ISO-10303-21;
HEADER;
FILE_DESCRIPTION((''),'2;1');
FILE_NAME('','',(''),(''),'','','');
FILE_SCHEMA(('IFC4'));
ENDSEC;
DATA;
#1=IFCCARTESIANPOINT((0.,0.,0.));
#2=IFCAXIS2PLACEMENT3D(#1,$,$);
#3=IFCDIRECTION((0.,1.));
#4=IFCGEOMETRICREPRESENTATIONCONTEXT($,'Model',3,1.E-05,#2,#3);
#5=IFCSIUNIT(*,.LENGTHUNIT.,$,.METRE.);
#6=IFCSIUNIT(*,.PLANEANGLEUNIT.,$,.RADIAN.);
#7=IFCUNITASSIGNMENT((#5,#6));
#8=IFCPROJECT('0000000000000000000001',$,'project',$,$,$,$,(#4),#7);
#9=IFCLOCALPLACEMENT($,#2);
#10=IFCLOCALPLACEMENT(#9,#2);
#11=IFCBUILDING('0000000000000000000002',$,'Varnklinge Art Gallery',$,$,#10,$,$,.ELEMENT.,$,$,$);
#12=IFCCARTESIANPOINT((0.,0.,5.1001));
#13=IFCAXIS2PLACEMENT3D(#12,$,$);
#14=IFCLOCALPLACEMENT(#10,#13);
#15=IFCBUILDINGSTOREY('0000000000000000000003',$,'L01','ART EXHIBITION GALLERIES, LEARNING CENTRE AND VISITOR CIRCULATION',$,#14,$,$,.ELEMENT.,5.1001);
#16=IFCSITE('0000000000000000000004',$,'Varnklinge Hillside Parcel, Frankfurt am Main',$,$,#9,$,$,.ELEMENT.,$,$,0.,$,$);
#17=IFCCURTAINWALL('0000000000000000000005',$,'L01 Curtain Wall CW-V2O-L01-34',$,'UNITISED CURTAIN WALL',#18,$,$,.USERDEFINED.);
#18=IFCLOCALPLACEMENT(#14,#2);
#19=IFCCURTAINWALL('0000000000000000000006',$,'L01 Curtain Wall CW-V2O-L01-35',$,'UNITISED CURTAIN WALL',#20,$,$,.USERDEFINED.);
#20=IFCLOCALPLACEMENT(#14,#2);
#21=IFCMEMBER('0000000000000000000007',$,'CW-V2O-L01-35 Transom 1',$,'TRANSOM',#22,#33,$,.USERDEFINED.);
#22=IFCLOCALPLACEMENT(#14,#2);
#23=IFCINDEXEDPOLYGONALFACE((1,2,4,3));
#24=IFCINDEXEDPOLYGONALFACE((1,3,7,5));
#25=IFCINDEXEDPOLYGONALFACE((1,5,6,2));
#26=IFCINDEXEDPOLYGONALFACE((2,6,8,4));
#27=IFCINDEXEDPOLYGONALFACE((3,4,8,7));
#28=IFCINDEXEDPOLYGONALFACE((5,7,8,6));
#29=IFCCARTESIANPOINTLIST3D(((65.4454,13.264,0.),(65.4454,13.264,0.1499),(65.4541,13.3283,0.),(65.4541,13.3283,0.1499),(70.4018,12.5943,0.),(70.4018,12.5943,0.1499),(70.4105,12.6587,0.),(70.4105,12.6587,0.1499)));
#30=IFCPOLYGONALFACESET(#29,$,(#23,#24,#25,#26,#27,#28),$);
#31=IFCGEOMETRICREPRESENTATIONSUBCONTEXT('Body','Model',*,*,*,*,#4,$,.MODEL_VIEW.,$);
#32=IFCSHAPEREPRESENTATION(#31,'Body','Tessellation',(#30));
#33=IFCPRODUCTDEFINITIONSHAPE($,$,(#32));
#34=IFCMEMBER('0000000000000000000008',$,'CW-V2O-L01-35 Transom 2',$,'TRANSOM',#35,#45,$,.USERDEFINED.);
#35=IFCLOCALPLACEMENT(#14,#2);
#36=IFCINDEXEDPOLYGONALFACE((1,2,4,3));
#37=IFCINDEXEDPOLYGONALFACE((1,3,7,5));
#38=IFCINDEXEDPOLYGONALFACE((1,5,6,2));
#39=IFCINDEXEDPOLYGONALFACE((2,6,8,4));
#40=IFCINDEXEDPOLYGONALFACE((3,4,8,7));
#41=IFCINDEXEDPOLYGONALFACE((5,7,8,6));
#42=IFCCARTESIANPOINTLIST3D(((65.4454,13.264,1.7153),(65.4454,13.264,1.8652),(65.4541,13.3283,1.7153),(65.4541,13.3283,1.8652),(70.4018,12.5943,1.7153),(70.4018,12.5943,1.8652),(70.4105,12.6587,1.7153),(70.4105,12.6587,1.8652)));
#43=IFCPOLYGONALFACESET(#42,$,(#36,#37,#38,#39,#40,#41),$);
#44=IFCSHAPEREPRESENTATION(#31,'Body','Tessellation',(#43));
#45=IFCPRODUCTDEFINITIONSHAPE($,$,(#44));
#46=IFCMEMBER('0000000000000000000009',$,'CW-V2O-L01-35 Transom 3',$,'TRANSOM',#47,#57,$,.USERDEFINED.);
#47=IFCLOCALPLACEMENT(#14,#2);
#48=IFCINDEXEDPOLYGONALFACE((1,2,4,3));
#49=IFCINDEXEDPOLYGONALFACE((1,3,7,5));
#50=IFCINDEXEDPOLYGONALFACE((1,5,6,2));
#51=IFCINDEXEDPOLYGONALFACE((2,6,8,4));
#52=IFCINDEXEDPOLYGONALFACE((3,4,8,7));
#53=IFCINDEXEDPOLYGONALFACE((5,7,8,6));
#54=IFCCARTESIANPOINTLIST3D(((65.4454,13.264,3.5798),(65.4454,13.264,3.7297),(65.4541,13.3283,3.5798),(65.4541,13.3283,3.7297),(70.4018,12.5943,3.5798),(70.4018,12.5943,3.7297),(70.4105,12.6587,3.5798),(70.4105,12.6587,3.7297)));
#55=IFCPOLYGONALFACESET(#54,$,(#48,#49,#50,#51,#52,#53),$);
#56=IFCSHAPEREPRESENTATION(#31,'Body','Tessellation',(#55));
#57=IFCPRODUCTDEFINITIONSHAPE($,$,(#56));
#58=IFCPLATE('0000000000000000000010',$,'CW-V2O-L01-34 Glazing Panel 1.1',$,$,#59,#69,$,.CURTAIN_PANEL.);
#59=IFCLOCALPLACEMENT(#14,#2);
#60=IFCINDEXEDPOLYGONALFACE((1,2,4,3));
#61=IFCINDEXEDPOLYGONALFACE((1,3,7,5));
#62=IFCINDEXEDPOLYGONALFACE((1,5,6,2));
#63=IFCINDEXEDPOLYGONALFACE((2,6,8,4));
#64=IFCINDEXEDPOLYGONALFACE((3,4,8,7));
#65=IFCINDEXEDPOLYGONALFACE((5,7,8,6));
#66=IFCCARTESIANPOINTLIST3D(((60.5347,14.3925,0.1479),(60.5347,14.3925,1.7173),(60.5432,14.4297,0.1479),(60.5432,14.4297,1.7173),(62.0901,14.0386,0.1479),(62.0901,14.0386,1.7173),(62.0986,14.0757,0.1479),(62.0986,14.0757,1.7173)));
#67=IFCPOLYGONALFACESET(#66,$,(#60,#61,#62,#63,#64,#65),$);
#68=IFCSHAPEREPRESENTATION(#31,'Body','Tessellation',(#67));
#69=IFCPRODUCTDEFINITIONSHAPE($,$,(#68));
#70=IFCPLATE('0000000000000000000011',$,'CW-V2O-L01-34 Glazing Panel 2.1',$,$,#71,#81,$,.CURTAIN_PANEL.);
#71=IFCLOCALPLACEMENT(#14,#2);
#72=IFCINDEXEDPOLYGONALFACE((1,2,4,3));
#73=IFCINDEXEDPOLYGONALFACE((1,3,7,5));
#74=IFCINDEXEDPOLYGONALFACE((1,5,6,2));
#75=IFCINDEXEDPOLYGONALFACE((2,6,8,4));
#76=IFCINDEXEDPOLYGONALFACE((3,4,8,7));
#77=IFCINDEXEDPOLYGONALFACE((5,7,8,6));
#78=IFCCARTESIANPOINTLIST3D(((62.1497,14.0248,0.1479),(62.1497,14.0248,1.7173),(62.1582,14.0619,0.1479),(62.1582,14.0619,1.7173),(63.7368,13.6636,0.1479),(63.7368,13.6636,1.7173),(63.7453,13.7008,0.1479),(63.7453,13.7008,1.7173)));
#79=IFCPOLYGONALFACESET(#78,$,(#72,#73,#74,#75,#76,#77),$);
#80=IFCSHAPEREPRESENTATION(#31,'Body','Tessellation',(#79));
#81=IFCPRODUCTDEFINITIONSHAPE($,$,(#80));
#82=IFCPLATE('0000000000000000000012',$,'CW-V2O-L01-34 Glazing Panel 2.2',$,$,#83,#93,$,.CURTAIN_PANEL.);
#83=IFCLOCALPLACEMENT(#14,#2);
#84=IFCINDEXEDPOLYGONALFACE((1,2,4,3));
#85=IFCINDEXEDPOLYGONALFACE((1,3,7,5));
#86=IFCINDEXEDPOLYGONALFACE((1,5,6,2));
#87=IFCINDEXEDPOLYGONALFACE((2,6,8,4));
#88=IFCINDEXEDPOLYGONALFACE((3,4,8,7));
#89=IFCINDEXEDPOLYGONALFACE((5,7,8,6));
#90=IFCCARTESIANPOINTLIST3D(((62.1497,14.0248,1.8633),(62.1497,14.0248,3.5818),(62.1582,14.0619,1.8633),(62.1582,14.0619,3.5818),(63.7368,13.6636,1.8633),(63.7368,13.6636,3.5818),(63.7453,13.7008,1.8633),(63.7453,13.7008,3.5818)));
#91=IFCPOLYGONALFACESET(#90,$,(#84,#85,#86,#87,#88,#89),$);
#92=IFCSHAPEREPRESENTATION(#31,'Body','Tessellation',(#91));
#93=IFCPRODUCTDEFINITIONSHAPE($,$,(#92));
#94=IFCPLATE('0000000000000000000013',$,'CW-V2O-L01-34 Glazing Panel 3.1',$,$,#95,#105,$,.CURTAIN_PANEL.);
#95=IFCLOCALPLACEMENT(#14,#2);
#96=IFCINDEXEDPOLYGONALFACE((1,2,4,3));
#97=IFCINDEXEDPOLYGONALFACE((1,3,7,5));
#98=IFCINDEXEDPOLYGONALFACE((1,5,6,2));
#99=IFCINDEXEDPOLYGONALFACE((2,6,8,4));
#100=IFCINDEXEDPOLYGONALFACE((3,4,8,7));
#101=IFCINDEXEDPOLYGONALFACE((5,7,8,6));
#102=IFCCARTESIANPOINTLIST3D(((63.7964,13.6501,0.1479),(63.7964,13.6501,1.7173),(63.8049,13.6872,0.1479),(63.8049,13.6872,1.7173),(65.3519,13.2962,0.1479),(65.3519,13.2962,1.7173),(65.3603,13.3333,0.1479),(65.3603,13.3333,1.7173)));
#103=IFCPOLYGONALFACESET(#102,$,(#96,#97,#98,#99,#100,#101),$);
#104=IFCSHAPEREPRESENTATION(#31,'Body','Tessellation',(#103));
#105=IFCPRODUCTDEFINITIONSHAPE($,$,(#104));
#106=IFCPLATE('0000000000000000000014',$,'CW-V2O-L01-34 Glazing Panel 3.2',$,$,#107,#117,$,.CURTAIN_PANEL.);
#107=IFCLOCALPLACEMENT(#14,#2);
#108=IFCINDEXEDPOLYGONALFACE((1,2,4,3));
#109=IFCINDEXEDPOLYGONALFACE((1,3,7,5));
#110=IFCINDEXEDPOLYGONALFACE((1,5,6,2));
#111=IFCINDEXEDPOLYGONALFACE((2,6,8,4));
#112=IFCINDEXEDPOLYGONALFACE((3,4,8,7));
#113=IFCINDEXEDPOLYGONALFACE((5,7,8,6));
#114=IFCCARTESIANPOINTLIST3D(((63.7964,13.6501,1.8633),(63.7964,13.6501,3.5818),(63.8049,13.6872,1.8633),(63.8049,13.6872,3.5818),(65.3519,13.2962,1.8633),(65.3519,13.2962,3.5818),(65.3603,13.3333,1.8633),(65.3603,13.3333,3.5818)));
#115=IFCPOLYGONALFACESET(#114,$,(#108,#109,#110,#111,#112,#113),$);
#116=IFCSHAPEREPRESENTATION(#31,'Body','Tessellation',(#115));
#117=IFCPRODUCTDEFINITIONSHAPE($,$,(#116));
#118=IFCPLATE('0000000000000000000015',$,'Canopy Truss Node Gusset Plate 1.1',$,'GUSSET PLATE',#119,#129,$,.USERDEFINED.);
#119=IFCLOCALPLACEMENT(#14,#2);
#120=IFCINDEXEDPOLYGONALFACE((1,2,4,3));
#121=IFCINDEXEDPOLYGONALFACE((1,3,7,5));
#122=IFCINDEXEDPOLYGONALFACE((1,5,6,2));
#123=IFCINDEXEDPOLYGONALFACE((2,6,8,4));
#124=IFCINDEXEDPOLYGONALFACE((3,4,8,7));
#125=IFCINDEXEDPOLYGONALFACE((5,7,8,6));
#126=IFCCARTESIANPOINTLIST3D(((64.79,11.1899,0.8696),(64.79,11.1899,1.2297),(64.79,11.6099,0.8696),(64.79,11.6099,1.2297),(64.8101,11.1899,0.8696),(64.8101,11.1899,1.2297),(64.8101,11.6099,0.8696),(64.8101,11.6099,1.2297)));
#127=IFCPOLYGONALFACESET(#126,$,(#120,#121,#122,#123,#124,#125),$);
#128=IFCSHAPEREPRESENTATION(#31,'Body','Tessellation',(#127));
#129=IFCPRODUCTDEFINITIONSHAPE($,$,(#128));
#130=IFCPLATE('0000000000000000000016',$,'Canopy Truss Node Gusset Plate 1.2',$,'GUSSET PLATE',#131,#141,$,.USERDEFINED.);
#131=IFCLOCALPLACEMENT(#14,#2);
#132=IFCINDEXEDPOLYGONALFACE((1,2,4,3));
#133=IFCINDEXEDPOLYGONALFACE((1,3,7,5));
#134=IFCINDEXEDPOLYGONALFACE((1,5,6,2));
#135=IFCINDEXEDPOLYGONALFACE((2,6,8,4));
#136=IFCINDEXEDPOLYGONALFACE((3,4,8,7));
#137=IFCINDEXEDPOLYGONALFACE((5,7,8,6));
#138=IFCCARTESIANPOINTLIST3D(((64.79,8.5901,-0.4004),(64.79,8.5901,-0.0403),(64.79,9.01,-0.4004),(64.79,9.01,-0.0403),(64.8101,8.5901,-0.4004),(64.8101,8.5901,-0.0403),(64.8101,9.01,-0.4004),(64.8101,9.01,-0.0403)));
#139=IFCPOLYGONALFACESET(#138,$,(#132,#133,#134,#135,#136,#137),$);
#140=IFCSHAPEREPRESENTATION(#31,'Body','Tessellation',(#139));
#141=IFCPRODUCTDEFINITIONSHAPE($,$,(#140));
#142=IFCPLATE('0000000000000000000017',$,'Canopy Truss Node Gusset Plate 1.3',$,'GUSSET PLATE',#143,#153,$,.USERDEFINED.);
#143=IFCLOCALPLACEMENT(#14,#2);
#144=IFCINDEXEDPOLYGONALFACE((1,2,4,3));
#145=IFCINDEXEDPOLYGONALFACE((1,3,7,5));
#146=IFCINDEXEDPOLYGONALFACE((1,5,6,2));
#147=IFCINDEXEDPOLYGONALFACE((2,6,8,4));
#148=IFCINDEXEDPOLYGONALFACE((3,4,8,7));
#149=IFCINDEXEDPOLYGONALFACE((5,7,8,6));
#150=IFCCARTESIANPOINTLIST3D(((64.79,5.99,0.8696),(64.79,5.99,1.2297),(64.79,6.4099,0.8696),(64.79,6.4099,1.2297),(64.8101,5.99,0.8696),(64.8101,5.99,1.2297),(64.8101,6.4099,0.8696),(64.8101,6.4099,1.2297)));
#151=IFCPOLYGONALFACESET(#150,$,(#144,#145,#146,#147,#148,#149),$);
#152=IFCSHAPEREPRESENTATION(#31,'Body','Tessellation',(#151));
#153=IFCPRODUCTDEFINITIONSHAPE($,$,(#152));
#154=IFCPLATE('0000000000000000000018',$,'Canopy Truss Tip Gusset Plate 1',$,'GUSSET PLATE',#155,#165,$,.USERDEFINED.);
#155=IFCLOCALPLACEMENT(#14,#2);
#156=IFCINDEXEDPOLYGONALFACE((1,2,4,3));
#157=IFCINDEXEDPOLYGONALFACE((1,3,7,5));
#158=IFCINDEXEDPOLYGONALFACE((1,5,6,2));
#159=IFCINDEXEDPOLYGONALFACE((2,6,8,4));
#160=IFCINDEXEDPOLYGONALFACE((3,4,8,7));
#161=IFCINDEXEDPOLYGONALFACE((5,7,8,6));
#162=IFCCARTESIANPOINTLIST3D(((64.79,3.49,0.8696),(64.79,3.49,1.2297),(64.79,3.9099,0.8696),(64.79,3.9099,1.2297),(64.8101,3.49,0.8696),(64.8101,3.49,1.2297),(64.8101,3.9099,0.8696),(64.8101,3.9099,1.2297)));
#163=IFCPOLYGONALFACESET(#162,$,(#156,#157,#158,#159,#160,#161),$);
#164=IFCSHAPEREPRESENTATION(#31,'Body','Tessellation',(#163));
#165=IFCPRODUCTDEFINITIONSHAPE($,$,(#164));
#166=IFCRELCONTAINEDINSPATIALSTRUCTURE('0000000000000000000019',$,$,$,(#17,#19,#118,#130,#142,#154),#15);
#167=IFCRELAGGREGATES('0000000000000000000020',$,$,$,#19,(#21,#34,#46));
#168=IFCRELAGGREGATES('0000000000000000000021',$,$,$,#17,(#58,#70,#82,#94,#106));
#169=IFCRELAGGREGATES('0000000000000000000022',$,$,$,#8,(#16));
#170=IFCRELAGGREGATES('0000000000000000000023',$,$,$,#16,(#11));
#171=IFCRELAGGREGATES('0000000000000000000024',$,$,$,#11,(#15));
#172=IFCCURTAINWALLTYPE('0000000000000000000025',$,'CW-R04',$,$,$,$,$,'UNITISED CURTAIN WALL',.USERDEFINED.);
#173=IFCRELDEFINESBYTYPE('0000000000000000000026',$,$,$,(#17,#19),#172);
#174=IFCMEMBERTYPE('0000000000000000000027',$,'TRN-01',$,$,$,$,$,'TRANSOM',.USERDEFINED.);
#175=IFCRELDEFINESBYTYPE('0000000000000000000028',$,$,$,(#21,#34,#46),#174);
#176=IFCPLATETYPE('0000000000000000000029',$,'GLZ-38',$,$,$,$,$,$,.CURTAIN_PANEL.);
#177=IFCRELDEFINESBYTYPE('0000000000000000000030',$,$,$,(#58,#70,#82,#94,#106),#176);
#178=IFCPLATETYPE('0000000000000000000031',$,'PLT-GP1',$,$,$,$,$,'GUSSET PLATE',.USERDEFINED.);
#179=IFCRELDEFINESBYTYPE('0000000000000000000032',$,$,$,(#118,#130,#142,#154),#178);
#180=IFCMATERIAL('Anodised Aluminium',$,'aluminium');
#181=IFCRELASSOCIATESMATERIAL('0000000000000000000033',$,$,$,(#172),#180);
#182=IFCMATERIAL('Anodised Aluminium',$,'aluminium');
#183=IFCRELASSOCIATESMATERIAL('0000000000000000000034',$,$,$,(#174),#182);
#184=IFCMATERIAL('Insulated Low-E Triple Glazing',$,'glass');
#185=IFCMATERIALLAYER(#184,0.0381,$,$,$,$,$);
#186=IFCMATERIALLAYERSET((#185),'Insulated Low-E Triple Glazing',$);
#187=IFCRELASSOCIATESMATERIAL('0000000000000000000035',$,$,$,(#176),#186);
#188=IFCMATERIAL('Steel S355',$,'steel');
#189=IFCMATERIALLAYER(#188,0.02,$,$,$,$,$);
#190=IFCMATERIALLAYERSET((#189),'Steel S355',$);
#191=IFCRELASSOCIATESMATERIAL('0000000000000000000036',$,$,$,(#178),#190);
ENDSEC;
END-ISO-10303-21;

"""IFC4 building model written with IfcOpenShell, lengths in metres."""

from ifc_helpers import new_model, si_unit, direction, frame, origin, origin_2d, place, context, subcontext, project, spatial, rectangle, extrude, material, layer, layer_set, material_profile, profile_set, type_object, element, aggregate, save


model = new_model("IFC4")

# Units and contexts
model_context = context("Model", 3, precision=1e-05, world=origin(), true_north=direction((0.0, 1.0)))
body_context = subcontext(model_context, "Body", "Model", "MODEL_VIEW")
ifc_project = project(units=[si_unit("LENGTHUNIT", "METRE"), si_unit("PLANEANGLEUNIT", "RADIAN")], contexts=[model_context])

# Site, building, storey
site_placement = place(None, origin())
site = spatial("IfcSite", under=ifc_project, at=site_placement, Name="Varnklinge Hillside Parcel, Frankfurt am Main", CompositionType="ELEMENT", RefElevation=0.0)
building_placement = place(site_placement, origin())
building = spatial("IfcBuilding", under=site, at=building_placement, Name="Varnklinge Art Gallery", CompositionType="ELEMENT")
storey_placement = place(building_placement, frame((0.0, 0.0, 5.1001)))
storey = spatial("IfcBuildingStorey", under=building, at=storey_placement, Name="L01", Description="ART EXHIBITION GALLERIES, LEARNING CENTRE AND VISITOR CIRCULATION", CompositionType="ELEMENT", Elevation=5.1001)

# Curtain wall
ifc_material_1 = material(Name="Anodised Aluminium", Category="aluminium")
curtain_wall_type = type_object("IfcCurtainWallType", Name="CW-R04", ElementType="UNITISED CURTAIN WALL", PredefinedType="USERDEFINED", material=ifc_material_1)
curtain_wall_1_placement = place(storey_placement, origin())
curtain_wall_1 = element("IfcCurtainWall", 1, at=curtain_wall_1_placement, inside=storey, type_object=curtain_wall_type, Name="L01 Curtain Wall CW-V2O-L01-34", ObjectType="UNITISED CURTAIN WALL", PredefinedType="USERDEFINED")

# Curtain wall
curtain_wall_2_placement = place(storey_placement, origin())
curtain_wall_2 = element("IfcCurtainWall", 2, at=curtain_wall_2_placement, inside=storey, type_object=curtain_wall_type, Name="L01 Curtain Wall CW-V2O-L01-35", ObjectType="UNITISED CURTAIN WALL", PredefinedType="USERDEFINED")

# Members
ifc_material_2 = material(Name="Anodised Aluminium", Category="aluminium")
ifc_material_profile_1 = material_profile(ifc_material_2, rectangle(XDim=0.0649, YDim=0.1499, at=origin_2d()), Name="ALU 65x150")
ifc_profile_set_1 = profile_set([ifc_material_profile_1], Name="Anodised Aluminium")
member_type_1 = type_object("IfcMemberType", Name="TRN-01", ElementType="TRANSOM", PredefinedType="USERDEFINED", material=ifc_profile_set_1)
member_1_placement = place(storey_placement, frame((65.4497, 13.2961, 0.075), z_axis=(0.990996, -0.133893, 0.0), x_axis=(0.133893, 0.990996, 0.0)))
member_1 = element("IfcMember", 3, at=member_1_placement, type_object=member_type_1, Name="CW-V2O-L01-35 Transom 1", ObjectType="TRANSOM", PredefinedType="USERDEFINED", context=body_context, shape_type="SweptSolid", body=[
    extrude(rectangle(XDim=0.0649, YDim=0.1499, at=origin_2d()), origin(), (0.0, 0.0, 1.0), 5.0015),
])
member_2_placement = place(storey_placement, frame((65.4497, 13.2961, 1.7903), z_axis=(0.990996, -0.133893, 0.0), x_axis=(0.133893, 0.990996, 0.0)))
member_2 = element("IfcMember", 4, at=member_2_placement, type_object=member_type_1, Name="CW-V2O-L01-35 Transom 2", ObjectType="TRANSOM", PredefinedType="USERDEFINED", context=body_context, shape_type="SweptSolid", body=[
    extrude(rectangle(XDim=0.0649, YDim=0.1499, at=origin_2d()), origin(), (0.0, 0.0, 1.0), 5.0015),
])
member_3_placement = place(storey_placement, frame((65.4497, 13.2961, 3.6548), z_axis=(0.990996, -0.133893, 0.0), x_axis=(0.133893, 0.990996, 0.0)))
member_3 = element("IfcMember", 5, at=member_3_placement, type_object=member_type_1, Name="CW-V2O-L01-35 Transom 3", ObjectType="TRANSOM", PredefinedType="USERDEFINED", context=body_context, shape_type="SweptSolid", body=[
    extrude(rectangle(XDim=0.0649, YDim=0.1499, at=origin_2d()), origin(), (0.0, 0.0, 1.0), 5.0015),
])
aggregate(curtain_wall_2, [member_1, member_2, member_3])

# Plates
ifc_material_3 = material(Name="Insulated Low-E Triple Glazing", Category="glass")
ifc_layer_1 = layer(ifc_material_3, 0.0381)
ifc_layer_set_1 = layer_set([ifc_layer_1], Name="Insulated Low-E Triple Glazing")
plate_type_1 = type_object("IfcPlateType", Name="GLZ-38", PredefinedType="CURTAIN_PANEL", material=ifc_layer_set_1)
plate_1_placement = place(storey_placement, frame((61.3167, 14.2341, 0.1479), z_axis=(0.0, 0.0, 1.0), x_axis=(0.975072, -0.221889, 0.0)))
plate_1 = element("IfcPlate", 6, at=plate_1_placement, type_object=plate_type_1, Name="CW-V2O-L01-34 Glazing Panel 1.1", PredefinedType="CURTAIN_PANEL", context=body_context, shape_type="SweptSolid", body=[
    extrude(rectangle(XDim=1.5952, YDim=0.0381, at=origin_2d()), origin(), (0.0, 0.0, 1.0), 1.5693),
])
plate_2_placement = place(storey_placement, frame((62.9475, 13.8628, 0.1479), z_axis=(0.0, 0.0, 1.0), x_axis=(0.975072, -0.221889, 0.0)))
plate_2 = element("IfcPlate", 7, at=plate_2_placement, type_object=plate_type_1, Name="CW-V2O-L01-34 Glazing Panel 2.1", PredefinedType="CURTAIN_PANEL", context=body_context, shape_type="SweptSolid", body=[
    extrude(rectangle(XDim=1.6277, YDim=0.0381, at=origin_2d()), origin(), (0.0, 0.0, 1.0), 1.5693),
])
plate_3_placement = place(storey_placement, frame((62.9475, 13.8628, 1.8633), z_axis=(0.0, 0.0, 1.0), x_axis=(0.975072, -0.221889, 0.0)))
plate_3 = element("IfcPlate", 8, at=plate_3_placement, type_object=plate_type_1, Name="CW-V2O-L01-34 Glazing Panel 2.2", PredefinedType="CURTAIN_PANEL", context=body_context, shape_type="SweptSolid", body=[
    extrude(rectangle(XDim=1.6277, YDim=0.0381, at=origin_2d()), origin(), (0.0, 0.0, 1.0), 1.7185),
])
plate_4_placement = place(storey_placement, frame((64.5784, 13.4917, 0.1479), z_axis=(0.0, 0.0, 1.0), x_axis=(0.975072, -0.221889, 0.0)))
plate_4 = element("IfcPlate", 9, at=plate_4_placement, type_object=plate_type_1, Name="CW-V2O-L01-34 Glazing Panel 3.1", PredefinedType="CURTAIN_PANEL", context=body_context, shape_type="SweptSolid", body=[
    extrude(rectangle(XDim=1.5952, YDim=0.0381, at=origin_2d()), origin(), (0.0, 0.0, 1.0), 1.5693),
])
plate_5_placement = place(storey_placement, frame((64.5784, 13.4917, 1.8633), z_axis=(0.0, 0.0, 1.0), x_axis=(0.975072, -0.221889, 0.0)))
plate_5 = element("IfcPlate", 10, at=plate_5_placement, type_object=plate_type_1, Name="CW-V2O-L01-34 Glazing Panel 3.2", PredefinedType="CURTAIN_PANEL", context=body_context, shape_type="SweptSolid", body=[
    extrude(rectangle(XDim=1.5952, YDim=0.0381, at=origin_2d()), origin(), (0.0, 0.0, 1.0), 1.7185),
])
aggregate(curtain_wall_1, [plate_1, plate_2, plate_3, plate_4, plate_5])

# Plates
ifc_material_4 = material(Name="Steel S355", Category="steel")
ifc_layer_2 = layer(ifc_material_4, 0.02)
ifc_layer_set_2 = layer_set([ifc_layer_2], Name="Steel S355")
plate_type_2 = type_object("IfcPlateType", Name="PLT-GP1", ElementType="GUSSET PLATE", PredefinedType="USERDEFINED", material=ifc_layer_set_2)
for number, where, z_axis, x_axis, name in (
    (11, (64.8, 11.3999, 0.8696), (0.0, 0.0, 1.0), (0.0, 1.0, 0.0), "Canopy Truss Node Gusset Plate 1.1"),
    (12, (64.8, 8.8, -0.4004), (0.0, 0.0, 1.0), (0.0, 1.0, 0.0), "Canopy Truss Node Gusset Plate 1.2"),
    (13, (64.8, 6.2, 0.8696), (0.0, 0.0, 1.0), (0.0, 1.0, 0.0), "Canopy Truss Node Gusset Plate 1.3"),
    (14, (64.8, 3.7, 0.8696), (0.0, 0.0, 1.0), (0.0, 1.0, 0.0), "Canopy Truss Tip Gusset Plate 1"),
):
    element("IfcPlate", number, at=place(storey_placement, frame(where, z_axis=z_axis, x_axis=x_axis)), inside=storey, type_object=plate_type_2, Name=name, ObjectType="GUSSET PLATE", PredefinedType="USERDEFINED", context=body_context, shape_type="SweptSolid", body=[
        extrude(rectangle(XDim=0.4199, YDim=0.02, at=origin_2d()), origin(), (0.0, 0.0, 1.0), 0.3601),
    ])

save(model, "model.ifc")
